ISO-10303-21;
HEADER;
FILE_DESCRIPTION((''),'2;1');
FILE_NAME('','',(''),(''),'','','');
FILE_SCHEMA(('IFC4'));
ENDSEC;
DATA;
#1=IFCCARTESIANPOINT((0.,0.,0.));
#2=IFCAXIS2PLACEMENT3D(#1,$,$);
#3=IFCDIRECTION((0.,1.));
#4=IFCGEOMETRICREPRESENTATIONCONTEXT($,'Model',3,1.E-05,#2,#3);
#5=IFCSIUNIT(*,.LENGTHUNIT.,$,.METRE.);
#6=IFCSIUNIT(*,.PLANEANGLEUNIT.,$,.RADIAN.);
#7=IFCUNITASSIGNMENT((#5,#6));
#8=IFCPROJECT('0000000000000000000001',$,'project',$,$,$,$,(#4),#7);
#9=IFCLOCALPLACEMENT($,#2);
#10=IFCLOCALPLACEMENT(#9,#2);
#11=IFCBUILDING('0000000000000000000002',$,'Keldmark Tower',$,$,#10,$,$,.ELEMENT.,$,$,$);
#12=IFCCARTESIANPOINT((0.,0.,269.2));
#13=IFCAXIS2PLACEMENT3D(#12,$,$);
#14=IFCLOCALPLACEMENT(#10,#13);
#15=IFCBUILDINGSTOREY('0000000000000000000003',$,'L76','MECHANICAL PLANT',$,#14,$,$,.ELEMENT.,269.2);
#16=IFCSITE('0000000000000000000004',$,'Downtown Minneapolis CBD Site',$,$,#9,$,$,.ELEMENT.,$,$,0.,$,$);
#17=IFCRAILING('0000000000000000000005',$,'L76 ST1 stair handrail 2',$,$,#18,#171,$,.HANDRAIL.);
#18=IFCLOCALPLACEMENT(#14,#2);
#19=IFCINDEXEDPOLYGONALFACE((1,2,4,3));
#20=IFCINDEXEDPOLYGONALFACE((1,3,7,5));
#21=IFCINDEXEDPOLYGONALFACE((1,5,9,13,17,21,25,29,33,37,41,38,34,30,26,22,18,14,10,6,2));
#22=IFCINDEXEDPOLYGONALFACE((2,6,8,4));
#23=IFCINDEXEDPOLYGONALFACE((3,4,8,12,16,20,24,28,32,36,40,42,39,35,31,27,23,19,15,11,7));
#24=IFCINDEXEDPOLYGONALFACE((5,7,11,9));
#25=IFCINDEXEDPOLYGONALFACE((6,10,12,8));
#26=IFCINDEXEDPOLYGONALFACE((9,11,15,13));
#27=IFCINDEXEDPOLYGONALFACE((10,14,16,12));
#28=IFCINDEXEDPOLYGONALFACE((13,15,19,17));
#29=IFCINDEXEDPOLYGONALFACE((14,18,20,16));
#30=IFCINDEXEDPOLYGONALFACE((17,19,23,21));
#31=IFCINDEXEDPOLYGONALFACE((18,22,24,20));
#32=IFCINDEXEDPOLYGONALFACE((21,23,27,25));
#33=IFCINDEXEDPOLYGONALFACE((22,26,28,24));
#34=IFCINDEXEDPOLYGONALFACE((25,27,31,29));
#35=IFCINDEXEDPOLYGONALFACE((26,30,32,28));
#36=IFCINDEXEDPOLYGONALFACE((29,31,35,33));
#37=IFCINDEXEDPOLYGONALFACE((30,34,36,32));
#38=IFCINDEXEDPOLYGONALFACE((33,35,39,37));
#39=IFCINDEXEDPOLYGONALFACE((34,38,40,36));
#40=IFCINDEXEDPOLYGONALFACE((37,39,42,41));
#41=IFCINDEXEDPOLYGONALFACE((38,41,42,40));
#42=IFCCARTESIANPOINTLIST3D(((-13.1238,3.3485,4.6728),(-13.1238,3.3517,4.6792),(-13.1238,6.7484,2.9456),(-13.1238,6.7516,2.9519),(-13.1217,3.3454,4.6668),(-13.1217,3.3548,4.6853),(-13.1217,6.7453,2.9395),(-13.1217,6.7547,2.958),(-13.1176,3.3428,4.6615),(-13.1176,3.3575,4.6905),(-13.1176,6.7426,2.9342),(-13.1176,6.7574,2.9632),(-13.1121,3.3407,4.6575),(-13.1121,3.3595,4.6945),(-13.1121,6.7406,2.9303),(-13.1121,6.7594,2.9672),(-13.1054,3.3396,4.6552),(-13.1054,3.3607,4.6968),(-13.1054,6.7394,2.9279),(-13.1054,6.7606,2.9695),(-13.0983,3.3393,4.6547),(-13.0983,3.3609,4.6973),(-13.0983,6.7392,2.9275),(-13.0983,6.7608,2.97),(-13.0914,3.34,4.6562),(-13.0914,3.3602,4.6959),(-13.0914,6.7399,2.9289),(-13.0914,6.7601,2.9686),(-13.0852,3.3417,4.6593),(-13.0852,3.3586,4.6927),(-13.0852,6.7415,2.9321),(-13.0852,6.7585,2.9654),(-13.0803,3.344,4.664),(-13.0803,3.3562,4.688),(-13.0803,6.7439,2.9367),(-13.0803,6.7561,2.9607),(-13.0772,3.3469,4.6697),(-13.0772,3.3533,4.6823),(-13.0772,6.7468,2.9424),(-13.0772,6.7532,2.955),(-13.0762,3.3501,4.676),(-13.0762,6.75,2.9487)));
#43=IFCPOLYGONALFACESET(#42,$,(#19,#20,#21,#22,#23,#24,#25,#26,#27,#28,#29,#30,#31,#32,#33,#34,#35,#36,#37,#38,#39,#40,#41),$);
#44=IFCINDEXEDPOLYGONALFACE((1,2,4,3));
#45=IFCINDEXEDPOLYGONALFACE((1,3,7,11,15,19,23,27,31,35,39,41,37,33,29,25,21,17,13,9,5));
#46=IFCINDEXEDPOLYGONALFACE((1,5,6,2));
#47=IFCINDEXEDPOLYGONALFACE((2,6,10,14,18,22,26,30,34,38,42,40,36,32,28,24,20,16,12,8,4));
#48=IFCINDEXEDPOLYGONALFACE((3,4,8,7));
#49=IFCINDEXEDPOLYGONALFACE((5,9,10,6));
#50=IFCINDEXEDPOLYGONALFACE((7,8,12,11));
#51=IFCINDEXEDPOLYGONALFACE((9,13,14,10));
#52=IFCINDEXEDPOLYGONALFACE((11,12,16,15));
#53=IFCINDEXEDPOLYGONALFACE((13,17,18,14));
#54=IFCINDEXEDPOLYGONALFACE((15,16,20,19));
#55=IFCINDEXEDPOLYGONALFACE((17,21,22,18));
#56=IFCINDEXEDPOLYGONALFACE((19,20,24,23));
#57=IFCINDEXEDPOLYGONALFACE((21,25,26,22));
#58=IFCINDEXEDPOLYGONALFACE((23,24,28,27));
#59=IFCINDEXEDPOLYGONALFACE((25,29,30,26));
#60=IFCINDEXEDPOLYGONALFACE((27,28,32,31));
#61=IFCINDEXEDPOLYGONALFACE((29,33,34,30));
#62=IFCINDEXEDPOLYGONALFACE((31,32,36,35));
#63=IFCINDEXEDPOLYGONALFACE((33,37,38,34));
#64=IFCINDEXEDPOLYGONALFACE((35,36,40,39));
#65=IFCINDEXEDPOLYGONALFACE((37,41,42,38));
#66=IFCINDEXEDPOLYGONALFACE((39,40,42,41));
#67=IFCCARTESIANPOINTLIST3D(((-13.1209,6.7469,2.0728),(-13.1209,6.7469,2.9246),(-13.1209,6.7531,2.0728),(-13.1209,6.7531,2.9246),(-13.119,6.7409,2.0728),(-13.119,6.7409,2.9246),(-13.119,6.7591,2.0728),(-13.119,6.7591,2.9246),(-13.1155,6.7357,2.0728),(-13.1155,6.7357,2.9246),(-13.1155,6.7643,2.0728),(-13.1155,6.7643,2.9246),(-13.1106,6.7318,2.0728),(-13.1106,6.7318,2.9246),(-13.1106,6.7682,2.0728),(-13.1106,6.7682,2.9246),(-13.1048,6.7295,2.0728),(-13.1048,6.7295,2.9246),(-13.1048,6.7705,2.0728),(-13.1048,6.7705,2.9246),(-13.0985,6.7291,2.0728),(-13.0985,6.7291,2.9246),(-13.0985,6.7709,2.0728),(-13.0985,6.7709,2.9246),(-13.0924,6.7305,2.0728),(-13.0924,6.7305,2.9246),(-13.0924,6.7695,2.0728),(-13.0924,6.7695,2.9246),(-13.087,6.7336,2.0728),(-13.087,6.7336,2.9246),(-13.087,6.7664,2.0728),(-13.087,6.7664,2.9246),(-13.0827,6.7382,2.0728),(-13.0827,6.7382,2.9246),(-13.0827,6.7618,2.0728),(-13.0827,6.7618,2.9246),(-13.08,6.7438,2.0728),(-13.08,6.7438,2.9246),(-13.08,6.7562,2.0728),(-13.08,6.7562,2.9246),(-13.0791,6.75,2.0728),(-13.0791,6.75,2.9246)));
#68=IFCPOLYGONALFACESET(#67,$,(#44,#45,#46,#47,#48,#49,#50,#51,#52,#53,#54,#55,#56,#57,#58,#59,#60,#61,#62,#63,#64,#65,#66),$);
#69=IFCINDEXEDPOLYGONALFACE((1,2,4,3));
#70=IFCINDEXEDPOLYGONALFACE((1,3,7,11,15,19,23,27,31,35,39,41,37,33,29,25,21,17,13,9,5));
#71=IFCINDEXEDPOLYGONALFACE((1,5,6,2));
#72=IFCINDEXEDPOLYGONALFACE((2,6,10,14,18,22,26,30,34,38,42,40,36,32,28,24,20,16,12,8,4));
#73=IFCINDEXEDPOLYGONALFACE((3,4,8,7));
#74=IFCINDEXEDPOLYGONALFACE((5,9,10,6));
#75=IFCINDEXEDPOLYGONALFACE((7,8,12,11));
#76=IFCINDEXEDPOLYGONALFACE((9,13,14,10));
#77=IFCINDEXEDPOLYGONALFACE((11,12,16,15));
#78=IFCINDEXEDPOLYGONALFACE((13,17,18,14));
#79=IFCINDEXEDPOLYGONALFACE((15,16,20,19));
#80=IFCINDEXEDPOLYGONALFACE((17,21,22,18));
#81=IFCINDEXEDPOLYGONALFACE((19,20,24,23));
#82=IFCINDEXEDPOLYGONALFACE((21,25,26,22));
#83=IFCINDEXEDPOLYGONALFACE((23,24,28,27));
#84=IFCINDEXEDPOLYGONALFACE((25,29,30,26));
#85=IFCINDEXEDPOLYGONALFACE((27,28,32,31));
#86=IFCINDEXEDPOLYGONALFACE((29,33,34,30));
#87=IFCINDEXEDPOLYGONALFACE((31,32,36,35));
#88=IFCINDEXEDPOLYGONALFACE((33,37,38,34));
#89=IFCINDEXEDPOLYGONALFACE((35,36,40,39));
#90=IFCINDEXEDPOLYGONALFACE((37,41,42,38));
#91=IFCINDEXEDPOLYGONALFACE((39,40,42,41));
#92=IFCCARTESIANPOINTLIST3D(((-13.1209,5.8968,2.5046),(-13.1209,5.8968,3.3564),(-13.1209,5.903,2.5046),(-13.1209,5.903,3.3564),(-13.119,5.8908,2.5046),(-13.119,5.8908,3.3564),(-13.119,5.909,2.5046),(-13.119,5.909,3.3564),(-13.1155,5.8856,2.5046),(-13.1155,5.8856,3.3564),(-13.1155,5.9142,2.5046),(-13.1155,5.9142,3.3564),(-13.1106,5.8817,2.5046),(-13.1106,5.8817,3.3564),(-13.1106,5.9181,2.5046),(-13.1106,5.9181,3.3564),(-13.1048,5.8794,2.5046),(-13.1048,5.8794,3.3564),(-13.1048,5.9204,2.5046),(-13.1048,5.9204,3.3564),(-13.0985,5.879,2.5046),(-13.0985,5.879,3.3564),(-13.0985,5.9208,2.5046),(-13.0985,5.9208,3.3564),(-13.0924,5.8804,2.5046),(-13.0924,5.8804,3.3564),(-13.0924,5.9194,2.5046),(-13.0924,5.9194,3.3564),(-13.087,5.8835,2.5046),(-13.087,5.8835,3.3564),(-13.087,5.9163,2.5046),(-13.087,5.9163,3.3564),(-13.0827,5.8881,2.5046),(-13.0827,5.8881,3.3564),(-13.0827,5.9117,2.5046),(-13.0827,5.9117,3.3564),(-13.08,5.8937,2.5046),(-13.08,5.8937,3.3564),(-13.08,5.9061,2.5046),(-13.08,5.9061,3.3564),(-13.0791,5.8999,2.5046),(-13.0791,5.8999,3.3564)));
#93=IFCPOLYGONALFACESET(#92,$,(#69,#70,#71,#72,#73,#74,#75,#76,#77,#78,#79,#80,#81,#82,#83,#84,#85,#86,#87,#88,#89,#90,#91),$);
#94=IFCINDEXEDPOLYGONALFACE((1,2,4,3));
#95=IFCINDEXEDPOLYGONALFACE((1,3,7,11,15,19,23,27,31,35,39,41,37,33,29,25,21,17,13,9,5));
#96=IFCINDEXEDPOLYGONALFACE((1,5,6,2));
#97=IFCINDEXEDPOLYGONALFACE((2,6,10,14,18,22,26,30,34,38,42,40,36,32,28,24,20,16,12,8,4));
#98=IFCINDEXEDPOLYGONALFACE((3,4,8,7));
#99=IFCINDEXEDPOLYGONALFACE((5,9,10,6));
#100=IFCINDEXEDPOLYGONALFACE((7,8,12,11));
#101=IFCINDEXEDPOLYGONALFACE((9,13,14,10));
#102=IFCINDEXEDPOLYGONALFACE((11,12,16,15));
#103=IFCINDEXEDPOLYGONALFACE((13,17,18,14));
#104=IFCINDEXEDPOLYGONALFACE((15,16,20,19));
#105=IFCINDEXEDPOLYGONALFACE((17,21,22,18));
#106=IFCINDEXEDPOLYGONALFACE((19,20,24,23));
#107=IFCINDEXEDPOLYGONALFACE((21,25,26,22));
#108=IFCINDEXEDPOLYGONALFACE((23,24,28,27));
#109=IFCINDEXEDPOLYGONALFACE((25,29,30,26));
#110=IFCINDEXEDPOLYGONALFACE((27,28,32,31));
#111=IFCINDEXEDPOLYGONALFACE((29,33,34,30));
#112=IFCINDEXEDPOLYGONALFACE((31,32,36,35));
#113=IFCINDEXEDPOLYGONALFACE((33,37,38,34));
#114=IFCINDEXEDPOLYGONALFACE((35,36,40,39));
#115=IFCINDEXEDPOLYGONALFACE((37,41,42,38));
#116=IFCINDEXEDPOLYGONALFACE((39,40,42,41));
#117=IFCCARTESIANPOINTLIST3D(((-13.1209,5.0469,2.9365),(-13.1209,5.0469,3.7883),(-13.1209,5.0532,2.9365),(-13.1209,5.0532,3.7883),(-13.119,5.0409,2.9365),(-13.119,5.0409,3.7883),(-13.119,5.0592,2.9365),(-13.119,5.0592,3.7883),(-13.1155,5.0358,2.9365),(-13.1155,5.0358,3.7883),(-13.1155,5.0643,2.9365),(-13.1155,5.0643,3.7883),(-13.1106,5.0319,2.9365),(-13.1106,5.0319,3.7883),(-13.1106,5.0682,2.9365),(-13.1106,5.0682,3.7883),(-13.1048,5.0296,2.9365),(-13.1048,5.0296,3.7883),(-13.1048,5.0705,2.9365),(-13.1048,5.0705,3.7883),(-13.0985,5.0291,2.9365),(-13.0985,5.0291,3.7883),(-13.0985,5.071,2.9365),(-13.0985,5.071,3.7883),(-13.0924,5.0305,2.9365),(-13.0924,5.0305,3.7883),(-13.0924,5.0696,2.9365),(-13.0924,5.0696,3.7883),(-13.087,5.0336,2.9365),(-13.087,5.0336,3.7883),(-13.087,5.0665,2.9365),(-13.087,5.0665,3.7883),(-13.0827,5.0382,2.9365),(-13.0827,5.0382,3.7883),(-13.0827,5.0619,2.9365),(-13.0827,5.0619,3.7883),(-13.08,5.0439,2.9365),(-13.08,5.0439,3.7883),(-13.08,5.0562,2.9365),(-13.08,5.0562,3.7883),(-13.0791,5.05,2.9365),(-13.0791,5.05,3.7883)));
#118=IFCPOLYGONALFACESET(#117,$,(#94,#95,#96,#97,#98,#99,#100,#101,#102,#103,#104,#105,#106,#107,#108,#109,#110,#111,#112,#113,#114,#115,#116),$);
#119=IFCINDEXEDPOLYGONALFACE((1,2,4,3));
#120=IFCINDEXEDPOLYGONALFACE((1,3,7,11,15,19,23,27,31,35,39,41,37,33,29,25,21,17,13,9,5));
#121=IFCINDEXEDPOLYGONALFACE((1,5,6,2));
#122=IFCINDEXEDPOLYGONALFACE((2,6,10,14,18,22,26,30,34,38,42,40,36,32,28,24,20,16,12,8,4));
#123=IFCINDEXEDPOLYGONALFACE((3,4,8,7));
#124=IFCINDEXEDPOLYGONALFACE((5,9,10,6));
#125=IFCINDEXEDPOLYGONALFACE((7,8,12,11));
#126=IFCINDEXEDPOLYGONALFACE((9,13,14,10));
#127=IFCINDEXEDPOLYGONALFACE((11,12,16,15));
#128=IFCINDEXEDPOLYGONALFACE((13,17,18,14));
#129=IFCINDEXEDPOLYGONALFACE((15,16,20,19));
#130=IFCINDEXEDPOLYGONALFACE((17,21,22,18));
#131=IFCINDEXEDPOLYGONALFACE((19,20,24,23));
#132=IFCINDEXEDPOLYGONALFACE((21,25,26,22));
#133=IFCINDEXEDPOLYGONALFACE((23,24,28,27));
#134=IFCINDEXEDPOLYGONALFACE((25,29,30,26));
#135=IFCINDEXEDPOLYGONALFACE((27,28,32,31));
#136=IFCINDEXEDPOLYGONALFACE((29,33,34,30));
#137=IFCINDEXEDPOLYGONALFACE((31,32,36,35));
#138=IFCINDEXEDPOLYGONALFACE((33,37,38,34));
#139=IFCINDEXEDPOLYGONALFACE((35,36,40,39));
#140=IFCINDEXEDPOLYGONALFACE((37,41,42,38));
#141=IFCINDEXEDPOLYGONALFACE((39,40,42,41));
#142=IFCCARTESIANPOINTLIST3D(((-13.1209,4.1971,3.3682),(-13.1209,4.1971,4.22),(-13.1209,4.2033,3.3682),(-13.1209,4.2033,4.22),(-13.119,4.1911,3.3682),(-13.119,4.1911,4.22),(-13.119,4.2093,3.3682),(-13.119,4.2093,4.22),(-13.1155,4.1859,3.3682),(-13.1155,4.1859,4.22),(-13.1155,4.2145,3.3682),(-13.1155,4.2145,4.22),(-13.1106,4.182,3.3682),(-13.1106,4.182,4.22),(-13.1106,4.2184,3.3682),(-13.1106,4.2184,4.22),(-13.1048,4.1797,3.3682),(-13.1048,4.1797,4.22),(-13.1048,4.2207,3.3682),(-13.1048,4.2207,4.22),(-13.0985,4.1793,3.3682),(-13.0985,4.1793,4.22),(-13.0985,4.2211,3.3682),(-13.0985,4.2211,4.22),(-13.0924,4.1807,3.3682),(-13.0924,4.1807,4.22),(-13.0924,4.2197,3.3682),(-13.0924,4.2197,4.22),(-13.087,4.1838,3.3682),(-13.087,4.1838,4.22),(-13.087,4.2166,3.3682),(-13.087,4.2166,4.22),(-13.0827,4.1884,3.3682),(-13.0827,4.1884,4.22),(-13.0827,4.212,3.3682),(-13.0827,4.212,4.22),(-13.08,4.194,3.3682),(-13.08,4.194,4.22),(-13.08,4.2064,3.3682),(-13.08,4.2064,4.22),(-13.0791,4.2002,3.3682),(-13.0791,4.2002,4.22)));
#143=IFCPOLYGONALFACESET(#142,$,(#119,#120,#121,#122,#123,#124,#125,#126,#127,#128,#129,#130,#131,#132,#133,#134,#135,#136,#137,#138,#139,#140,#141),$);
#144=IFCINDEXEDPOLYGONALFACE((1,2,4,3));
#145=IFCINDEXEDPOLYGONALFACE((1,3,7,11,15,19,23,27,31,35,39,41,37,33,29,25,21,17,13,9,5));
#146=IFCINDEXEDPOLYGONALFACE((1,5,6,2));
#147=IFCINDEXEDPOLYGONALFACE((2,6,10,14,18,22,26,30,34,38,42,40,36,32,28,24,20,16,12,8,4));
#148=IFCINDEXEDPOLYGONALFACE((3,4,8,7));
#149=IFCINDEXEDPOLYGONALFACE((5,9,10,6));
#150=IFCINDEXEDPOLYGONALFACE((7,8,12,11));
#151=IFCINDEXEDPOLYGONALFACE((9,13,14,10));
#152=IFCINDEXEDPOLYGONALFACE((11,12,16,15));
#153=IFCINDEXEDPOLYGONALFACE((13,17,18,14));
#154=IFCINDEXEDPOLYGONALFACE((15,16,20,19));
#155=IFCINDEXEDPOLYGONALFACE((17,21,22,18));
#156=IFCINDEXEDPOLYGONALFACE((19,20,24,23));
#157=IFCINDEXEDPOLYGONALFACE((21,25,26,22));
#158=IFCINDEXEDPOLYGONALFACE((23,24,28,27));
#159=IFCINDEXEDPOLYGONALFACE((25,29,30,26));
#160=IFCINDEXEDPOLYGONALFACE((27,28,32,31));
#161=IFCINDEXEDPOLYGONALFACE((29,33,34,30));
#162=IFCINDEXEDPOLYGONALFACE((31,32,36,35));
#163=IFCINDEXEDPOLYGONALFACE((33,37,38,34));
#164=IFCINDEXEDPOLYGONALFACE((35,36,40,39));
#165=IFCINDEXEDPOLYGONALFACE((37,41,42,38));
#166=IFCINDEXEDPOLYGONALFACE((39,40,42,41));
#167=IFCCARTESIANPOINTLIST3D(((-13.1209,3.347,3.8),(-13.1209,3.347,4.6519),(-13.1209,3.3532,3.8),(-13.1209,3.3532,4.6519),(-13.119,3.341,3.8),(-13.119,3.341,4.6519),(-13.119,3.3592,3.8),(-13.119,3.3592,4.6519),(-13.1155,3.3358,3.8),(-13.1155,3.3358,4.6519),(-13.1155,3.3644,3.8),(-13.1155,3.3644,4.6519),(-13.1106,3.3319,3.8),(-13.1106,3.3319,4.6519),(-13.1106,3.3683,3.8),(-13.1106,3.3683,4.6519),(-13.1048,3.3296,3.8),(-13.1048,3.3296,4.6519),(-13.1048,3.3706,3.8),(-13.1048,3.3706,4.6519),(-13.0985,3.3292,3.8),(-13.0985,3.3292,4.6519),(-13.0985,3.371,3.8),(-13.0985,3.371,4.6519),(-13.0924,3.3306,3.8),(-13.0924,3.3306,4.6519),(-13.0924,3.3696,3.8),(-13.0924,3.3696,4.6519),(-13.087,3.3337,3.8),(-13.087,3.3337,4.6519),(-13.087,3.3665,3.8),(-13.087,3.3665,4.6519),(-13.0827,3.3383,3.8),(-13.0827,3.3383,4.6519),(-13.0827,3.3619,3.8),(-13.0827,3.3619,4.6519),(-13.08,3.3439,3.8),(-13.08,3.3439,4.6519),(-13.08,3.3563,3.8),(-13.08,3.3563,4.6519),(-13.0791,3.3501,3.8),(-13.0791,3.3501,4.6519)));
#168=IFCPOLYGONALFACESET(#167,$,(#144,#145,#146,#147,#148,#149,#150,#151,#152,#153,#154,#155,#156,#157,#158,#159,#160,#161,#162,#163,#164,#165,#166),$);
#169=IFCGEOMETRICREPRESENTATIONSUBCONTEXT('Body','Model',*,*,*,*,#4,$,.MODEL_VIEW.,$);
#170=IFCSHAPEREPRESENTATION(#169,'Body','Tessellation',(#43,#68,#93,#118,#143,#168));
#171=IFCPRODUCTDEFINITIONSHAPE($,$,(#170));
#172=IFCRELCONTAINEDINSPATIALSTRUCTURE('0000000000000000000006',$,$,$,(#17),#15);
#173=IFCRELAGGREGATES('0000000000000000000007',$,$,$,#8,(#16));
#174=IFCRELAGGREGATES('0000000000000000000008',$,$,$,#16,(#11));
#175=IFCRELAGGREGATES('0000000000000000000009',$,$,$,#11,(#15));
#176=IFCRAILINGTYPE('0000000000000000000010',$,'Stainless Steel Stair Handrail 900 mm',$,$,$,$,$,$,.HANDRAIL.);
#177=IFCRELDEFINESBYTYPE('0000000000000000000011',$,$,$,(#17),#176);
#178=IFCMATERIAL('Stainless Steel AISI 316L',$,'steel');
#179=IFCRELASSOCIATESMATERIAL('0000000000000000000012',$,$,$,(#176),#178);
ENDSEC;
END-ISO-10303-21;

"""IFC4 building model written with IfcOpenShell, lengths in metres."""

from ifc_helpers import new_model, si_unit, direction, frame, origin, origin_2d, place, context, subcontext, project, spatial, circle, extrude, material, type_object, element, save


model = new_model("IFC4")

# Units and contexts
model_context = context("Model", 3, precision=1e-05, world=origin(), true_north=direction((0.0, 1.0)))
body_context = subcontext(model_context, "Body", "Model", "MODEL_VIEW")
ifc_project = project(units=[si_unit("LENGTHUNIT", "METRE"), si_unit("PLANEANGLEUNIT", "RADIAN")], contexts=[model_context])

# Site, building, storey
site_placement = place(None, origin())
site = spatial("IfcSite", under=ifc_project, at=site_placement, Name="Downtown Minneapolis CBD Site", CompositionType="ELEMENT", RefElevation=0.0)
building_placement = place(site_placement, origin())
building = spatial("IfcBuilding", under=site, at=building_placement, Name="Keldmark Tower", CompositionType="ELEMENT")
storey_placement = place(building_placement, frame((0.0, 0.0, 269.2)))
storey = spatial("IfcBuildingStorey", under=building, at=storey_placement, Name="L76", Description="MECHANICAL PLANT", CompositionType="ELEMENT", Elevation=269.2)

# Railing
ifc_material_1 = material(Name="Stainless Steel AISI 316L", Category="steel")
railing_type_1 = type_object("IfcRailingType", Name="Stainless Steel Stair Handrail 900 mm", PredefinedType="HANDRAIL", material=ifc_material_1)
railing_1_placement = place(storey_placement, frame((-13.1001, 6.75, 2.0728)))
element("IfcRailing", 1, at=railing_1_placement, inside=storey, type_object=railing_type_1, Name="L76 ST1 stair handrail 2", PredefinedType="HANDRAIL", context=body_context, shape_type="SweptSolid", body=[
    extrude(circle(Radius=0.0239, at=origin_2d()), frame((0.0, 0.0, 0.876), z_axis=(0.0, -0.891541, 0.452941), x_axis=(1.0, 0.0, 0.0)), (0.0, 0.0, 1.0), 3.8135),
    extrude(circle(Radius=0.021, at=origin_2d()), origin(), (0.0, 0.0, 1.0), 0.8518),
    extrude(circle(Radius=0.021, at=origin_2d()), frame((0.0, -0.8501, 0.4319)), (0.0, 0.0, 1.0), 0.8518),
    extrude(circle(Radius=0.021, at=origin_2d()), frame((0.0, -1.7, 0.8638)), (0.0, 0.0, 1.0), 0.8518),
    extrude(circle(Radius=0.021, at=origin_2d()), frame((0.0, -2.5498, 1.2954)), (0.0, 0.0, 1.0), 0.8518),
    extrude(circle(Radius=0.021, at=origin_2d()), frame((0.0, -3.3999, 1.7273)), (0.0, 0.0, 1.0), 0.8518),
])

save(model, "model.ifc")
